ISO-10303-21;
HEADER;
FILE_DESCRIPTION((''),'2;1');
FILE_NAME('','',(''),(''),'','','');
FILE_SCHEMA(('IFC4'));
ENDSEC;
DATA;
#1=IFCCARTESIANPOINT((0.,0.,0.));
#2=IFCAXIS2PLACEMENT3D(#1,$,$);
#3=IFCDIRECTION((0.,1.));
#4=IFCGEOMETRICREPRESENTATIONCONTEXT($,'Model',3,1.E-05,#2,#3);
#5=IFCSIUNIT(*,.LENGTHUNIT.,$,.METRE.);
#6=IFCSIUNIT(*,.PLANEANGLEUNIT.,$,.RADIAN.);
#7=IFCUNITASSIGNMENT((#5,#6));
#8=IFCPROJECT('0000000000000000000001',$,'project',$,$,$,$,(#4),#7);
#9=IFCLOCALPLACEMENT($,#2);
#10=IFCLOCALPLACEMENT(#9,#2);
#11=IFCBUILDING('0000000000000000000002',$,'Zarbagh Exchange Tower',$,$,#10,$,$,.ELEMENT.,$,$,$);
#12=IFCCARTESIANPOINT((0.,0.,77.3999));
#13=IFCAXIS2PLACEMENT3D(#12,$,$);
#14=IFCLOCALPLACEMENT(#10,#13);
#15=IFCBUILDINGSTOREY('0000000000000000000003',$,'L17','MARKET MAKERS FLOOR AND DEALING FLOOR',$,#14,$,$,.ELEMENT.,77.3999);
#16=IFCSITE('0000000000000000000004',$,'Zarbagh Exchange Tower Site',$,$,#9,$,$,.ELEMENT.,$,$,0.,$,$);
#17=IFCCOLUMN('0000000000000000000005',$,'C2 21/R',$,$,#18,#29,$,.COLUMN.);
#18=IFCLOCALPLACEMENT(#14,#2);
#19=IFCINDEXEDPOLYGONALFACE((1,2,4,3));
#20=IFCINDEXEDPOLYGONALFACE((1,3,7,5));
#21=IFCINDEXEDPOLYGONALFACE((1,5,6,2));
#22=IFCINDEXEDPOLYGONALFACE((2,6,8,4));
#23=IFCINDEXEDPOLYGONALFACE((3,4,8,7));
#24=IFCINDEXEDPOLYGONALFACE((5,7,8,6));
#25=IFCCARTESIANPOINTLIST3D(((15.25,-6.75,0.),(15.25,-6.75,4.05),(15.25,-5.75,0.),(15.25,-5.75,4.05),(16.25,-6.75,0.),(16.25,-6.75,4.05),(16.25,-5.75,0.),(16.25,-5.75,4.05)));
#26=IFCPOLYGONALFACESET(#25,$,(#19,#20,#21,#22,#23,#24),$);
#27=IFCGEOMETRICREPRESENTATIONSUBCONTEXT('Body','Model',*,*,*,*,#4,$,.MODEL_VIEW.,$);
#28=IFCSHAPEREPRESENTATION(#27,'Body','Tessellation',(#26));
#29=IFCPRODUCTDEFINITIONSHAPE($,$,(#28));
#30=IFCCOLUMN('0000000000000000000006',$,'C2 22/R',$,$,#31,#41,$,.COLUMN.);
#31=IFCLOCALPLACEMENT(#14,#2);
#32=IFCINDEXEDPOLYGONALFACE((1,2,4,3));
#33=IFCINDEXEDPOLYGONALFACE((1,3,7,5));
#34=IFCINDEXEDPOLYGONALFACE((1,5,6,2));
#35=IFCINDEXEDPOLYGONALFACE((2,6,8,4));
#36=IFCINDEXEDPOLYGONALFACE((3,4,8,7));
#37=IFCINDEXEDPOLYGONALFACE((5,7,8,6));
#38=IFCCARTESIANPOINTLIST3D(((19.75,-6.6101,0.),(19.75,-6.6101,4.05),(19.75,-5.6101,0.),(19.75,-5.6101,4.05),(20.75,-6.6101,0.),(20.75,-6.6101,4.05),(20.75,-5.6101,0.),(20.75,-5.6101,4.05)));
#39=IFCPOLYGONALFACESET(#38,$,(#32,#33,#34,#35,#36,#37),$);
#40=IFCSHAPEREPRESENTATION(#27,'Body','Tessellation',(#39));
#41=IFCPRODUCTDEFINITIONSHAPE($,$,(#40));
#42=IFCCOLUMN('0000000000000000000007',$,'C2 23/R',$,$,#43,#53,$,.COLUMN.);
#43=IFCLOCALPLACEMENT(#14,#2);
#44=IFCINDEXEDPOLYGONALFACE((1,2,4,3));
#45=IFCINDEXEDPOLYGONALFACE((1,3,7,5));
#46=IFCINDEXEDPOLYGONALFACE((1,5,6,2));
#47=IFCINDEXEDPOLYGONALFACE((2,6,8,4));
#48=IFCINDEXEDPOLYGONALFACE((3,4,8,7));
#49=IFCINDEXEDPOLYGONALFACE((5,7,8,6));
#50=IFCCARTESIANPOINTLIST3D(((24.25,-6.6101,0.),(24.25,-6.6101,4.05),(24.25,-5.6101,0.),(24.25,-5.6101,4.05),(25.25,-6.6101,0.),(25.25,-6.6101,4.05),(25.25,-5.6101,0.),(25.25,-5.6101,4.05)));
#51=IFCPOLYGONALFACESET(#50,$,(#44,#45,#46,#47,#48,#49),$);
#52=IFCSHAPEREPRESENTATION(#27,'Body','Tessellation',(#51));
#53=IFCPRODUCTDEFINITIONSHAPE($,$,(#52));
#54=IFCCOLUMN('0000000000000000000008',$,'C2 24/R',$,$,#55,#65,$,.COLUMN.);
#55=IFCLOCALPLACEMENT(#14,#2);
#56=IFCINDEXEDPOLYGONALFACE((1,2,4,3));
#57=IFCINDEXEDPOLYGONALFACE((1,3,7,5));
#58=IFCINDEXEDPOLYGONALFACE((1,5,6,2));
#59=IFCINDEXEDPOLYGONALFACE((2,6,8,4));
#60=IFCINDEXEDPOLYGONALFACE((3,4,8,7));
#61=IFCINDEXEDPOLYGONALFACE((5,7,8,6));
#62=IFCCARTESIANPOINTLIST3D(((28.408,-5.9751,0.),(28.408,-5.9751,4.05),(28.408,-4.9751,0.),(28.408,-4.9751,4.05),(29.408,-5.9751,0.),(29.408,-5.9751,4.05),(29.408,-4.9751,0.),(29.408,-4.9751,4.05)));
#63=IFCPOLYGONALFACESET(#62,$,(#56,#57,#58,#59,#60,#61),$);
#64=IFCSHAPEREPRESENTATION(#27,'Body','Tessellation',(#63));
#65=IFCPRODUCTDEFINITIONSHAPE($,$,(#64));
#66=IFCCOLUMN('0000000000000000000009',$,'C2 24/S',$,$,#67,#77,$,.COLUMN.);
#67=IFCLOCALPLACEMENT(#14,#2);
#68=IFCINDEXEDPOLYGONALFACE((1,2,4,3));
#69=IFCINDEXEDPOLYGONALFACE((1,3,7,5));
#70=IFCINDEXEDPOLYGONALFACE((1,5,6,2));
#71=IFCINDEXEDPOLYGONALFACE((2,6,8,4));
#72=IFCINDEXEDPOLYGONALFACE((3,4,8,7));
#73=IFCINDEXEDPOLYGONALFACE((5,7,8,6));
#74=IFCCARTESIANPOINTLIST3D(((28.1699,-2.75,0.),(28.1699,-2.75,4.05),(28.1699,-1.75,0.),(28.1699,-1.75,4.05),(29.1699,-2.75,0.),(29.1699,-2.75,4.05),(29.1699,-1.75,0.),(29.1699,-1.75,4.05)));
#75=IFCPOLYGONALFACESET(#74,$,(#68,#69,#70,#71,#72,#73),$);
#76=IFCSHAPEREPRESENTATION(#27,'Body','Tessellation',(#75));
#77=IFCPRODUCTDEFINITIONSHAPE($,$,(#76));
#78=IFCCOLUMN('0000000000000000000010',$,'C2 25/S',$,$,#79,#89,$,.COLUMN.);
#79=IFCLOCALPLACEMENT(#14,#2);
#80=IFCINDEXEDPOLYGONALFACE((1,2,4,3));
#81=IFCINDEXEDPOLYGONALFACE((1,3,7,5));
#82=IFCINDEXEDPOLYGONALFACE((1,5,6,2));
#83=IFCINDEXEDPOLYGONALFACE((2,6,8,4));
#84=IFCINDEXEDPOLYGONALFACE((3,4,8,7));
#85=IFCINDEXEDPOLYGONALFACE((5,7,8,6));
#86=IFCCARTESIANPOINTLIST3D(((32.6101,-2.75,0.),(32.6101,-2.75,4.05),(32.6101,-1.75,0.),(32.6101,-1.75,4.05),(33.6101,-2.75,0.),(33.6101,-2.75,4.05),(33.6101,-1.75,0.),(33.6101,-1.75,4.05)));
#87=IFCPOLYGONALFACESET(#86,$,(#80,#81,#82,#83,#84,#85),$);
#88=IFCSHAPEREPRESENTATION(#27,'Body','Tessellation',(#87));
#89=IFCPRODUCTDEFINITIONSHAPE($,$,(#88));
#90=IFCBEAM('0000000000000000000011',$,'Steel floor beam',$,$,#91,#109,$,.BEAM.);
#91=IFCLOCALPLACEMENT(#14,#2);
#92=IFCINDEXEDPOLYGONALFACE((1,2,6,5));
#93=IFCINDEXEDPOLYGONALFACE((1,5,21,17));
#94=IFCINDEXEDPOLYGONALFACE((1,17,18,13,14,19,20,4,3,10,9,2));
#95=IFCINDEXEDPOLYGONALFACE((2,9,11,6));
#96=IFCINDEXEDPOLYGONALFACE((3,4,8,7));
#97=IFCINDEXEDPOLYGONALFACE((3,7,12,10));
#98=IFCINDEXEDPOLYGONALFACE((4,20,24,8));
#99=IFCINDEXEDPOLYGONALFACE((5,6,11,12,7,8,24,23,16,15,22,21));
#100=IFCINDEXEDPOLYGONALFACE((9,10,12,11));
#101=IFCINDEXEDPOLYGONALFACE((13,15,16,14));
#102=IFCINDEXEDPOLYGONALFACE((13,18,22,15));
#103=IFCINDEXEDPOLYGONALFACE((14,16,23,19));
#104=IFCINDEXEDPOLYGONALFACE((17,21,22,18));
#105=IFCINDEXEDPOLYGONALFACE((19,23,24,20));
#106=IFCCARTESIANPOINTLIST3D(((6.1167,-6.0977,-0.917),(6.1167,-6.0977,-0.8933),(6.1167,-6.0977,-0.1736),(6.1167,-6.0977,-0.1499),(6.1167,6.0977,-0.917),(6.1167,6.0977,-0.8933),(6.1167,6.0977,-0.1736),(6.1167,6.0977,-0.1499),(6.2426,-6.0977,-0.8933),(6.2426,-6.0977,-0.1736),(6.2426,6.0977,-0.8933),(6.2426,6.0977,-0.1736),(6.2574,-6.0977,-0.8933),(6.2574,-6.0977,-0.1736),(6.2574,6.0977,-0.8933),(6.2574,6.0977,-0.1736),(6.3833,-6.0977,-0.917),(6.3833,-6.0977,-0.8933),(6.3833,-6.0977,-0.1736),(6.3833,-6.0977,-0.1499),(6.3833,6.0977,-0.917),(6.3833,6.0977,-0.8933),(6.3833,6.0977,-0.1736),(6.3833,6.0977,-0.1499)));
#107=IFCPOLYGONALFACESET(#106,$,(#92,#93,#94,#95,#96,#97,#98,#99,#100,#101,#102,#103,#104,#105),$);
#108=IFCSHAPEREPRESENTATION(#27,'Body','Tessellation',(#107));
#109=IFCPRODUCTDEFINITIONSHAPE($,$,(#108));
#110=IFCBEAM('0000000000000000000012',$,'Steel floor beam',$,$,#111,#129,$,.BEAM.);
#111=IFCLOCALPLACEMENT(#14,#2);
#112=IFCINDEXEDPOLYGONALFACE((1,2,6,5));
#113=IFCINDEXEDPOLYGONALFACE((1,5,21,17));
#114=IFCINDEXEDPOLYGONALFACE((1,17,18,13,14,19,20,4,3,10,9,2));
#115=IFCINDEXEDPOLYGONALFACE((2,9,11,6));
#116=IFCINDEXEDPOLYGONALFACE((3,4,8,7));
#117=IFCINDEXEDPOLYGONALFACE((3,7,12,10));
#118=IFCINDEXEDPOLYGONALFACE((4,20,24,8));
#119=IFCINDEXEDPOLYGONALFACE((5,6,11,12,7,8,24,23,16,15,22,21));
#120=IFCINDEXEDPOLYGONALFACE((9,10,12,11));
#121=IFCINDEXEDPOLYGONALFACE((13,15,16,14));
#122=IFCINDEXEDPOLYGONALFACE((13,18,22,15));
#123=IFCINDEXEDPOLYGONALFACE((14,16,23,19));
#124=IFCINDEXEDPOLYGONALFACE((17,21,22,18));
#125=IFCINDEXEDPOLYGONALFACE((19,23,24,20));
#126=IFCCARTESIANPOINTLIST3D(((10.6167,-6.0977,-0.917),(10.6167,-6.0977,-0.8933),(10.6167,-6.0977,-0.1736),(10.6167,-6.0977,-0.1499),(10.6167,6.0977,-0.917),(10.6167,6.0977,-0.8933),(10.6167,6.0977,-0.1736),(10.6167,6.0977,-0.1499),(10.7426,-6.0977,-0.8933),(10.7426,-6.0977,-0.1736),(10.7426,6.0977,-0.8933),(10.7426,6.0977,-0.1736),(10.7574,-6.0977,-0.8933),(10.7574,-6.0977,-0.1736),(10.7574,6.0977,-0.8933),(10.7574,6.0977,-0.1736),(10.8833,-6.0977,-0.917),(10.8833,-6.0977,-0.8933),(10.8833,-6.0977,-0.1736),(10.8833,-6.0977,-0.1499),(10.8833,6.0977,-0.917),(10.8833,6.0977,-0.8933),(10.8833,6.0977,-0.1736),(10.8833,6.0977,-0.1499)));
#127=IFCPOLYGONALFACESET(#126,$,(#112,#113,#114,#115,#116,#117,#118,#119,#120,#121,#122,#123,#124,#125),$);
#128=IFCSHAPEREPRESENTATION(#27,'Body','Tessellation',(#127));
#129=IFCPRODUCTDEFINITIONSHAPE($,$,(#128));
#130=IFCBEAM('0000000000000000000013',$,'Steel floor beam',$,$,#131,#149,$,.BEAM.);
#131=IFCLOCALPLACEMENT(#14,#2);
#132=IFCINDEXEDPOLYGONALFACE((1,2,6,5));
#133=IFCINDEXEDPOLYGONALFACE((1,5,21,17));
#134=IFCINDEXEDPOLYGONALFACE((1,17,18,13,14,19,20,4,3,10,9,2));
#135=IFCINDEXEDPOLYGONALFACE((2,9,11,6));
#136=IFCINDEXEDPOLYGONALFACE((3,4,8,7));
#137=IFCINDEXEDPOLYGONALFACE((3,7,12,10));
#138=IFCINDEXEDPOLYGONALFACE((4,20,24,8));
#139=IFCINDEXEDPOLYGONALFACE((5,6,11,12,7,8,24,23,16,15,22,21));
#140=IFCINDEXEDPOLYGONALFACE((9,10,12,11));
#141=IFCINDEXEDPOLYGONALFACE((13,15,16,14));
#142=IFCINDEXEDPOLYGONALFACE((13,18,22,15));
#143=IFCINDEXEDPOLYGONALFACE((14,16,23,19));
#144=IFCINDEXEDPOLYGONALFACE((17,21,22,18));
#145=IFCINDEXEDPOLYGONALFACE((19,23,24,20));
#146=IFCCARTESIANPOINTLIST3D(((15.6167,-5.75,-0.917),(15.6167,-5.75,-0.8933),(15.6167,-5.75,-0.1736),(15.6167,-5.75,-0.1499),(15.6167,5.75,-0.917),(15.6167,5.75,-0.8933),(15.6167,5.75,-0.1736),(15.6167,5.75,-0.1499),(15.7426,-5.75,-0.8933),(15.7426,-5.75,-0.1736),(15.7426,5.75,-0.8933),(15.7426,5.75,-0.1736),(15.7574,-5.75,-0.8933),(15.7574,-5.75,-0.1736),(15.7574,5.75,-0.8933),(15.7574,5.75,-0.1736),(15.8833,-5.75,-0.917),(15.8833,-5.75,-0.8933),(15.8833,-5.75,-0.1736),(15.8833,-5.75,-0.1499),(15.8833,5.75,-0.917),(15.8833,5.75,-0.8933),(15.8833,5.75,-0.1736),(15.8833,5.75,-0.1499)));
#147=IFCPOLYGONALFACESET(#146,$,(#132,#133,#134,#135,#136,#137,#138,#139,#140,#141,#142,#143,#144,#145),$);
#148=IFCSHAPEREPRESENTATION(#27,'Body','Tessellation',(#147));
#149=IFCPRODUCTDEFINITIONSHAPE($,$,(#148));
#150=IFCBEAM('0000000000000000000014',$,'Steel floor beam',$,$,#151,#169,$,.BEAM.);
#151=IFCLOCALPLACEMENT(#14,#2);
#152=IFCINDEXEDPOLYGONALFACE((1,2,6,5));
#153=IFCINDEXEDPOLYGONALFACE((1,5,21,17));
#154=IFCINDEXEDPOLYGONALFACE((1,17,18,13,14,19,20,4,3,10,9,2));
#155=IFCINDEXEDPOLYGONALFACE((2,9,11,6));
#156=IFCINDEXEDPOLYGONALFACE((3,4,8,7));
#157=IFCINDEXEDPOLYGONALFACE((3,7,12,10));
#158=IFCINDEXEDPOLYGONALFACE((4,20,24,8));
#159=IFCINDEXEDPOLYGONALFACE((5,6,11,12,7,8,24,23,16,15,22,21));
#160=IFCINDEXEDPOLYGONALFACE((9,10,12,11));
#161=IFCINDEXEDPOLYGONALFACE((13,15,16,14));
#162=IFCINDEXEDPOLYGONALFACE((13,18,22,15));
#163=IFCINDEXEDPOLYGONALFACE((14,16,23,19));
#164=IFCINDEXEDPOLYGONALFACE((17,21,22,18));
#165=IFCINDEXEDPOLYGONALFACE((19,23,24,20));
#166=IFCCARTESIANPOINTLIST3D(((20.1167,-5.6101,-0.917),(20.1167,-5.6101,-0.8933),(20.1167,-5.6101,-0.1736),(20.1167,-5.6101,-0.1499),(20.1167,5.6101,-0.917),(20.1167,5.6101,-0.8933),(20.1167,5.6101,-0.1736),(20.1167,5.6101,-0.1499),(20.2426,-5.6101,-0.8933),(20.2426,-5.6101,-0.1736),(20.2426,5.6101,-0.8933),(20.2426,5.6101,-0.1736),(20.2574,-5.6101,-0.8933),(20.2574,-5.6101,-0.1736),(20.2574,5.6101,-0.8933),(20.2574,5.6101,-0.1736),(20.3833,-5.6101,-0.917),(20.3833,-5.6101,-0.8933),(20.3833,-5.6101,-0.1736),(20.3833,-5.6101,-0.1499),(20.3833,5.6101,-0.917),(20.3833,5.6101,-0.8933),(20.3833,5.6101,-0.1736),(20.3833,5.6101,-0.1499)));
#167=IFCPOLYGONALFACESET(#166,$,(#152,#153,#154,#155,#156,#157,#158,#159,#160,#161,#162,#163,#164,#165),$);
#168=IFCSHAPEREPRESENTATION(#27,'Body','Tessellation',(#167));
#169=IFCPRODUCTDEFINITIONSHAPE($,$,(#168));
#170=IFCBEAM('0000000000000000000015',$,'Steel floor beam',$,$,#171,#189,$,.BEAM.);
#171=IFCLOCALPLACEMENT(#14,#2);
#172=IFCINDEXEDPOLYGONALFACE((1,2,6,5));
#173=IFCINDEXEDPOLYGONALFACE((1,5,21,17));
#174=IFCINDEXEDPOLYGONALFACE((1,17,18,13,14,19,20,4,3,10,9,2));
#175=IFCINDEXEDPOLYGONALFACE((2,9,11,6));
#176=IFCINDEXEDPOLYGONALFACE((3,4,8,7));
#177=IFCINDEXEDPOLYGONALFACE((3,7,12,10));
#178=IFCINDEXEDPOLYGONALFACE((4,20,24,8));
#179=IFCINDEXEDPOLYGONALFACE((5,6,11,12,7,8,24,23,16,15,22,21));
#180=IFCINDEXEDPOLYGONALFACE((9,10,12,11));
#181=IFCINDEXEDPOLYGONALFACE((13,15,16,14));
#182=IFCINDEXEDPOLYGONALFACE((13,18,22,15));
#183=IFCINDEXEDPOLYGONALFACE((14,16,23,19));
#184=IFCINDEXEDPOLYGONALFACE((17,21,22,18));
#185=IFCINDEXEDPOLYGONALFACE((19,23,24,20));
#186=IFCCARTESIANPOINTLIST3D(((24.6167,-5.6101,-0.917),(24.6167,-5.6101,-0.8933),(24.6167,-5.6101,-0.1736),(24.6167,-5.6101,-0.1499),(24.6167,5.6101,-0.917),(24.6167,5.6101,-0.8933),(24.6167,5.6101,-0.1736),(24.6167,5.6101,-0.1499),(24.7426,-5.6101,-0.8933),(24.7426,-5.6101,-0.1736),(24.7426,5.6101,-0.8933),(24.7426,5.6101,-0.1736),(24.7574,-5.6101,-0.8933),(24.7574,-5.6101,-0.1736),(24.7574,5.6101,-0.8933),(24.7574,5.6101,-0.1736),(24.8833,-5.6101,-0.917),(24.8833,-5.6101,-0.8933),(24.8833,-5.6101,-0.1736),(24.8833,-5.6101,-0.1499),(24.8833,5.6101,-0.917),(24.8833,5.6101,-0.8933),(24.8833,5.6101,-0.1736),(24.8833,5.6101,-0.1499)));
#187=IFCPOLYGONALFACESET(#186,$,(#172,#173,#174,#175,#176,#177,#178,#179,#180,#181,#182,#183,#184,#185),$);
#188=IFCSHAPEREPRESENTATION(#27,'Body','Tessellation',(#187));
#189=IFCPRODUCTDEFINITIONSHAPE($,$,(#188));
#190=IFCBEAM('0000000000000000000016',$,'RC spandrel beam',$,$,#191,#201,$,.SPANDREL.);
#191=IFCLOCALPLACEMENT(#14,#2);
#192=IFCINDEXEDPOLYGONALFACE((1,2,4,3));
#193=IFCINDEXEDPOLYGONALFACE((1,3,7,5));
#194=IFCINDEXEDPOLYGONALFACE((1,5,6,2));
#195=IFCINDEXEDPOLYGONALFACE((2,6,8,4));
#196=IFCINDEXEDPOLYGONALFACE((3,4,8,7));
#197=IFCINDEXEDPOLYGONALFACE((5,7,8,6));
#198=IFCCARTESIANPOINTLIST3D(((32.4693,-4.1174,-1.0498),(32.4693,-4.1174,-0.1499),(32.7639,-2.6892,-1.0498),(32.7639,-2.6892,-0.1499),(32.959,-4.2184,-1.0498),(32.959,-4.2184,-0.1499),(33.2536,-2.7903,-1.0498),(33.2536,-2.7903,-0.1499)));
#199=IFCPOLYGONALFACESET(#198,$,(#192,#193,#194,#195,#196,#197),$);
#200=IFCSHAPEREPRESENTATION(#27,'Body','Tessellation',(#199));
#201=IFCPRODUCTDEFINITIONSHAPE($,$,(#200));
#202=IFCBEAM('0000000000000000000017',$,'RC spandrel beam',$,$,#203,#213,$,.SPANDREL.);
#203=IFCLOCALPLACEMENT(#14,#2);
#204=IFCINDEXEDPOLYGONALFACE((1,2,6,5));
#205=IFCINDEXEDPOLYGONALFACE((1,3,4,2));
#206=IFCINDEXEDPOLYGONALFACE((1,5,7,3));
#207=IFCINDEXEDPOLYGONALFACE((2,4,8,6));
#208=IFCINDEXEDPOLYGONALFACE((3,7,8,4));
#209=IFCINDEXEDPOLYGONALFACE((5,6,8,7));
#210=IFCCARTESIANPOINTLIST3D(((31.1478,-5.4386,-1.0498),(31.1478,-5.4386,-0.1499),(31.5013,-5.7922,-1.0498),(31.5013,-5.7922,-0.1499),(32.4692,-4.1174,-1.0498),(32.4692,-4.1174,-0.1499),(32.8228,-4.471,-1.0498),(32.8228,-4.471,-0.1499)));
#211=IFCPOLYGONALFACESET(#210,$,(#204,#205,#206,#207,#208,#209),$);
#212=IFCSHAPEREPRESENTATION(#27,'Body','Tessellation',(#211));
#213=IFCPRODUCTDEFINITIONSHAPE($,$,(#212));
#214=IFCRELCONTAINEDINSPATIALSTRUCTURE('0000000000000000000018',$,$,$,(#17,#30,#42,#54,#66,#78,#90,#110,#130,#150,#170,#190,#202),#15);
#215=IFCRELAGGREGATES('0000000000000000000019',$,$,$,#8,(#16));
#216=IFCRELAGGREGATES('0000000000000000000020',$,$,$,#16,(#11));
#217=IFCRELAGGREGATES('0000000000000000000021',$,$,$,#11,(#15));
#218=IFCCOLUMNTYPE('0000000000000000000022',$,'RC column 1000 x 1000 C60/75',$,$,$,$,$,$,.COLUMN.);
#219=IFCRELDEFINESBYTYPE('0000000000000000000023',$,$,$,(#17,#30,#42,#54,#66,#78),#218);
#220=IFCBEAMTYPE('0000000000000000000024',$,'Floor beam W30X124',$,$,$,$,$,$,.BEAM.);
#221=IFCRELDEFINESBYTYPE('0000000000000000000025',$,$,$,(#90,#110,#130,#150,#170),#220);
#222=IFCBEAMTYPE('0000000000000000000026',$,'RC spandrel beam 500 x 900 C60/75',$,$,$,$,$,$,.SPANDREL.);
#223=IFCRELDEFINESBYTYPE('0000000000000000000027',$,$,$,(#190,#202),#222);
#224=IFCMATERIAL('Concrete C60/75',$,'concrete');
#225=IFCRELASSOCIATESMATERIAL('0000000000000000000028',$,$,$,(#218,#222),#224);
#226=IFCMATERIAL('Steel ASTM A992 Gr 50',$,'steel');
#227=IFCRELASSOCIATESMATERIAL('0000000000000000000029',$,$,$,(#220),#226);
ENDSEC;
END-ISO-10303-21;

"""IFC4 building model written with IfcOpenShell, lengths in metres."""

from ifc_helpers import new_model, si_unit, direction, frame, origin, origin_2d, place, context, subcontext, project, spatial, rectangle, i_section, extrude, material, material_profile, profile_set, type_object, element, save


model = new_model("IFC4")

# Units and contexts
model_context = context("Model", 3, precision=1e-05, world=origin(), true_north=direction((0.0, 1.0)))
body_context = subcontext(model_context, "Body", "Model", "MODEL_VIEW")
ifc_project = project(units=[si_unit("LENGTHUNIT", "METRE"), si_unit("PLANEANGLEUNIT", "RADIAN")], contexts=[model_context])

# Site, building, storey
site_placement = place(None, origin())
site = spatial("IfcSite", under=ifc_project, at=site_placement, Name="Zarbagh Exchange Tower Site", CompositionType="ELEMENT", RefElevation=0.0)
building_placement = place(site_placement, origin())
building = spatial("IfcBuilding", under=site, at=building_placement, Name="Zarbagh Exchange Tower", CompositionType="ELEMENT")
storey_placement = place(building_placement, frame((0.0, 0.0, 77.3999)))
storey = spatial("IfcBuildingStorey", under=building, at=storey_placement, Name="L17", Description="MARKET MAKERS FLOOR AND DEALING FLOOR", CompositionType="ELEMENT", Elevation=77.3999)

# Columns
ifc_material_1 = material(Name="Concrete C60/75", Category="concrete")
ifc_material_profile_1 = material_profile(ifc_material_1, rectangle(XDim=1.0, YDim=1.0, at=origin_2d()), Name="RC column 1000 x 1000 C60/75")
ifc_profile_set_1 = profile_set([ifc_material_profile_1], Name="Concrete C60/75")
column_type = type_object("IfcColumnType", Name="RC column 1000 x 1000 C60/75", PredefinedType="COLUMN", material=ifc_profile_set_1)
for number, where, z_axis, x_axis, name in (
    (1, (15.75, -6.25, 0.0), (0.0, 0.0, 1.0), (1.0, 0.0, 0.0), "C2 21/R"),
    (2, (20.25, -6.1101, 0.0), (0.0, 0.0, 1.0), (1.0, 0.0, 0.0), "C2 22/R"),
    (3, (24.75, -6.1101, 0.0), (0.0, 0.0, 1.0), (1.0, 0.0, 0.0), "C2 23/R"),
    (4, (28.908, -5.4751, 0.0), (0.0, 0.0, 1.0), (1.0, 0.0, 0.0), "C2 24/R"),
    (5, (28.6699, -2.25, 0.0), (0.0, 0.0, 1.0), (1.0, 0.0, 0.0), "C2 24/S"),
    (6, (33.1101, -2.25, 0.0), (0.0, 0.0, 1.0), (1.0, 0.0, 0.0), "C2 25/S"),
):
    element("IfcColumn", number, at=place(storey_placement, frame(where, z_axis=z_axis, x_axis=x_axis)), inside=storey, type_object=column_type, Name=name, PredefinedType="COLUMN", context=body_context, shape_type="SweptSolid", body=[
        extrude(rectangle(XDim=1.0, YDim=1.0, at=origin_2d()), origin(), (0.0, 0.0, 1.0), 4.05),
    ])

# Beams
ifc_material_2 = material(Name="Steel ASTM A992 Gr 50", Category="steel")
ifc_material_profile_2 = material_profile(ifc_material_2, i_section(OverallWidth=0.2666, OverallDepth=0.7671, WebThickness=0.0149, FlangeThickness=0.0237, at=origin_2d()), Name="W30X124")
ifc_profile_set_2 = profile_set([ifc_material_profile_2], Name="Steel ASTM A992 Gr 50")
beam_type_1 = type_object("IfcBeamType", Name="Floor beam W30X124", PredefinedType="BEAM", material=ifc_profile_set_2)
for number, where, z_axis, x_axis, name in (
    (7, (6.25, -6.0977, -0.5334), (0.0, 1.0, 0.0), (-1.0, 0.0, 0.0), "Steel floor beam"),
    (8, (10.75, -6.0977, -0.5334), (0.0, 1.0, 0.0), (-1.0, 0.0, 0.0), "Steel floor beam"),
):
    element("IfcBeam", number, at=place(storey_placement, frame(where, z_axis=z_axis, x_axis=x_axis)), inside=storey, type_object=beam_type_1, Name=name, PredefinedType="BEAM", context=body_context, shape_type="SweptSolid", body=[
        extrude(i_section(OverallWidth=0.2666, OverallDepth=0.7671, WebThickness=0.0149, FlangeThickness=0.0237, at=origin_2d()), origin(), (0.0, 0.0, 1.0), 12.1953),
    ])
beam_1_placement = place(storey_placement, frame((15.75, -5.75, -0.5334), z_axis=(0.0, 1.0, 0.0), x_axis=(-1.0, 0.0, 0.0)))
element("IfcBeam", 9, at=beam_1_placement, inside=storey, type_object=beam_type_1, Name="Steel floor beam", PredefinedType="BEAM", context=body_context, shape_type="SweptSolid", body=[
    extrude(i_section(OverallWidth=0.2666, OverallDepth=0.7671, WebThickness=0.0149, FlangeThickness=0.0237, at=origin_2d()), origin(), (0.0, 0.0, 1.0), 11.5),
])
for number, where, z_axis, x_axis, name in (
    (10, (20.25, -5.6101, -0.5334), (0.0, 1.0, 0.0), (-1.0, 0.0, 0.0), "Steel floor beam"),
    (11, (24.75, -5.6101, -0.5334), (0.0, 1.0, 0.0), (-1.0, 0.0, 0.0), "Steel floor beam"),
):
    element("IfcBeam", number, at=place(storey_placement, frame(where, z_axis=z_axis, x_axis=x_axis)), inside=storey, type_object=beam_type_1, Name=name, PredefinedType="BEAM", context=body_context, shape_type="SweptSolid", body=[
        extrude(i_section(OverallWidth=0.2666, OverallDepth=0.7671, WebThickness=0.0149, FlangeThickness=0.0237, at=origin_2d()), origin(), (0.0, 0.0, 1.0), 11.2202),
    ])
ifc_material_profile_3 = material_profile(ifc_material_1, rectangle(XDim=0.5, YDim=0.8999, at=origin_2d()), Name="RC spandrel beam 500 x 900 C60/75")
ifc_profile_set_3 = profile_set([ifc_material_profile_3], Name="Concrete C60/75")
beam_type_2 = type_object("IfcBeamType", Name="RC spandrel beam 500 x 900 C60/75", PredefinedType="SPANDREL", material=ifc_profile_set_3)
beam_2_placement = place(storey_placement, frame((33.0088, -2.7397, -0.5999), z_axis=(-0.202069, -0.979371, 0.0), x_axis=(0.979371, -0.202069, 0.0)))
element("IfcBeam", 12, at=beam_2_placement, inside=storey, type_object=beam_type_2, Name="RC spandrel beam", PredefinedType="SPANDREL", context=body_context, shape_type="SweptSolid", body=[
    extrude(rectangle(XDim=0.5, YDim=0.8999, at=origin_2d()), origin(), (0.0, 0.0, 1.0), 1.4583),
])
beam_3_placement = place(storey_placement, frame((32.646, -4.2942, -0.5999), z_axis=(-0.707172, -0.707041, 0.0), x_axis=(0.707041, -0.707172, 0.0)))
element("IfcBeam", 13, at=beam_3_placement, inside=storey, type_object=beam_type_2, Name="RC spandrel beam", PredefinedType="SPANDREL", context=body_context, shape_type="SweptSolid", body=[
    extrude(rectangle(XDim=0.5, YDim=0.8999, at=origin_2d()), origin(), (0.0, 0.0, 1.0), 1.8687),
])

save(model, "model.ifc")
